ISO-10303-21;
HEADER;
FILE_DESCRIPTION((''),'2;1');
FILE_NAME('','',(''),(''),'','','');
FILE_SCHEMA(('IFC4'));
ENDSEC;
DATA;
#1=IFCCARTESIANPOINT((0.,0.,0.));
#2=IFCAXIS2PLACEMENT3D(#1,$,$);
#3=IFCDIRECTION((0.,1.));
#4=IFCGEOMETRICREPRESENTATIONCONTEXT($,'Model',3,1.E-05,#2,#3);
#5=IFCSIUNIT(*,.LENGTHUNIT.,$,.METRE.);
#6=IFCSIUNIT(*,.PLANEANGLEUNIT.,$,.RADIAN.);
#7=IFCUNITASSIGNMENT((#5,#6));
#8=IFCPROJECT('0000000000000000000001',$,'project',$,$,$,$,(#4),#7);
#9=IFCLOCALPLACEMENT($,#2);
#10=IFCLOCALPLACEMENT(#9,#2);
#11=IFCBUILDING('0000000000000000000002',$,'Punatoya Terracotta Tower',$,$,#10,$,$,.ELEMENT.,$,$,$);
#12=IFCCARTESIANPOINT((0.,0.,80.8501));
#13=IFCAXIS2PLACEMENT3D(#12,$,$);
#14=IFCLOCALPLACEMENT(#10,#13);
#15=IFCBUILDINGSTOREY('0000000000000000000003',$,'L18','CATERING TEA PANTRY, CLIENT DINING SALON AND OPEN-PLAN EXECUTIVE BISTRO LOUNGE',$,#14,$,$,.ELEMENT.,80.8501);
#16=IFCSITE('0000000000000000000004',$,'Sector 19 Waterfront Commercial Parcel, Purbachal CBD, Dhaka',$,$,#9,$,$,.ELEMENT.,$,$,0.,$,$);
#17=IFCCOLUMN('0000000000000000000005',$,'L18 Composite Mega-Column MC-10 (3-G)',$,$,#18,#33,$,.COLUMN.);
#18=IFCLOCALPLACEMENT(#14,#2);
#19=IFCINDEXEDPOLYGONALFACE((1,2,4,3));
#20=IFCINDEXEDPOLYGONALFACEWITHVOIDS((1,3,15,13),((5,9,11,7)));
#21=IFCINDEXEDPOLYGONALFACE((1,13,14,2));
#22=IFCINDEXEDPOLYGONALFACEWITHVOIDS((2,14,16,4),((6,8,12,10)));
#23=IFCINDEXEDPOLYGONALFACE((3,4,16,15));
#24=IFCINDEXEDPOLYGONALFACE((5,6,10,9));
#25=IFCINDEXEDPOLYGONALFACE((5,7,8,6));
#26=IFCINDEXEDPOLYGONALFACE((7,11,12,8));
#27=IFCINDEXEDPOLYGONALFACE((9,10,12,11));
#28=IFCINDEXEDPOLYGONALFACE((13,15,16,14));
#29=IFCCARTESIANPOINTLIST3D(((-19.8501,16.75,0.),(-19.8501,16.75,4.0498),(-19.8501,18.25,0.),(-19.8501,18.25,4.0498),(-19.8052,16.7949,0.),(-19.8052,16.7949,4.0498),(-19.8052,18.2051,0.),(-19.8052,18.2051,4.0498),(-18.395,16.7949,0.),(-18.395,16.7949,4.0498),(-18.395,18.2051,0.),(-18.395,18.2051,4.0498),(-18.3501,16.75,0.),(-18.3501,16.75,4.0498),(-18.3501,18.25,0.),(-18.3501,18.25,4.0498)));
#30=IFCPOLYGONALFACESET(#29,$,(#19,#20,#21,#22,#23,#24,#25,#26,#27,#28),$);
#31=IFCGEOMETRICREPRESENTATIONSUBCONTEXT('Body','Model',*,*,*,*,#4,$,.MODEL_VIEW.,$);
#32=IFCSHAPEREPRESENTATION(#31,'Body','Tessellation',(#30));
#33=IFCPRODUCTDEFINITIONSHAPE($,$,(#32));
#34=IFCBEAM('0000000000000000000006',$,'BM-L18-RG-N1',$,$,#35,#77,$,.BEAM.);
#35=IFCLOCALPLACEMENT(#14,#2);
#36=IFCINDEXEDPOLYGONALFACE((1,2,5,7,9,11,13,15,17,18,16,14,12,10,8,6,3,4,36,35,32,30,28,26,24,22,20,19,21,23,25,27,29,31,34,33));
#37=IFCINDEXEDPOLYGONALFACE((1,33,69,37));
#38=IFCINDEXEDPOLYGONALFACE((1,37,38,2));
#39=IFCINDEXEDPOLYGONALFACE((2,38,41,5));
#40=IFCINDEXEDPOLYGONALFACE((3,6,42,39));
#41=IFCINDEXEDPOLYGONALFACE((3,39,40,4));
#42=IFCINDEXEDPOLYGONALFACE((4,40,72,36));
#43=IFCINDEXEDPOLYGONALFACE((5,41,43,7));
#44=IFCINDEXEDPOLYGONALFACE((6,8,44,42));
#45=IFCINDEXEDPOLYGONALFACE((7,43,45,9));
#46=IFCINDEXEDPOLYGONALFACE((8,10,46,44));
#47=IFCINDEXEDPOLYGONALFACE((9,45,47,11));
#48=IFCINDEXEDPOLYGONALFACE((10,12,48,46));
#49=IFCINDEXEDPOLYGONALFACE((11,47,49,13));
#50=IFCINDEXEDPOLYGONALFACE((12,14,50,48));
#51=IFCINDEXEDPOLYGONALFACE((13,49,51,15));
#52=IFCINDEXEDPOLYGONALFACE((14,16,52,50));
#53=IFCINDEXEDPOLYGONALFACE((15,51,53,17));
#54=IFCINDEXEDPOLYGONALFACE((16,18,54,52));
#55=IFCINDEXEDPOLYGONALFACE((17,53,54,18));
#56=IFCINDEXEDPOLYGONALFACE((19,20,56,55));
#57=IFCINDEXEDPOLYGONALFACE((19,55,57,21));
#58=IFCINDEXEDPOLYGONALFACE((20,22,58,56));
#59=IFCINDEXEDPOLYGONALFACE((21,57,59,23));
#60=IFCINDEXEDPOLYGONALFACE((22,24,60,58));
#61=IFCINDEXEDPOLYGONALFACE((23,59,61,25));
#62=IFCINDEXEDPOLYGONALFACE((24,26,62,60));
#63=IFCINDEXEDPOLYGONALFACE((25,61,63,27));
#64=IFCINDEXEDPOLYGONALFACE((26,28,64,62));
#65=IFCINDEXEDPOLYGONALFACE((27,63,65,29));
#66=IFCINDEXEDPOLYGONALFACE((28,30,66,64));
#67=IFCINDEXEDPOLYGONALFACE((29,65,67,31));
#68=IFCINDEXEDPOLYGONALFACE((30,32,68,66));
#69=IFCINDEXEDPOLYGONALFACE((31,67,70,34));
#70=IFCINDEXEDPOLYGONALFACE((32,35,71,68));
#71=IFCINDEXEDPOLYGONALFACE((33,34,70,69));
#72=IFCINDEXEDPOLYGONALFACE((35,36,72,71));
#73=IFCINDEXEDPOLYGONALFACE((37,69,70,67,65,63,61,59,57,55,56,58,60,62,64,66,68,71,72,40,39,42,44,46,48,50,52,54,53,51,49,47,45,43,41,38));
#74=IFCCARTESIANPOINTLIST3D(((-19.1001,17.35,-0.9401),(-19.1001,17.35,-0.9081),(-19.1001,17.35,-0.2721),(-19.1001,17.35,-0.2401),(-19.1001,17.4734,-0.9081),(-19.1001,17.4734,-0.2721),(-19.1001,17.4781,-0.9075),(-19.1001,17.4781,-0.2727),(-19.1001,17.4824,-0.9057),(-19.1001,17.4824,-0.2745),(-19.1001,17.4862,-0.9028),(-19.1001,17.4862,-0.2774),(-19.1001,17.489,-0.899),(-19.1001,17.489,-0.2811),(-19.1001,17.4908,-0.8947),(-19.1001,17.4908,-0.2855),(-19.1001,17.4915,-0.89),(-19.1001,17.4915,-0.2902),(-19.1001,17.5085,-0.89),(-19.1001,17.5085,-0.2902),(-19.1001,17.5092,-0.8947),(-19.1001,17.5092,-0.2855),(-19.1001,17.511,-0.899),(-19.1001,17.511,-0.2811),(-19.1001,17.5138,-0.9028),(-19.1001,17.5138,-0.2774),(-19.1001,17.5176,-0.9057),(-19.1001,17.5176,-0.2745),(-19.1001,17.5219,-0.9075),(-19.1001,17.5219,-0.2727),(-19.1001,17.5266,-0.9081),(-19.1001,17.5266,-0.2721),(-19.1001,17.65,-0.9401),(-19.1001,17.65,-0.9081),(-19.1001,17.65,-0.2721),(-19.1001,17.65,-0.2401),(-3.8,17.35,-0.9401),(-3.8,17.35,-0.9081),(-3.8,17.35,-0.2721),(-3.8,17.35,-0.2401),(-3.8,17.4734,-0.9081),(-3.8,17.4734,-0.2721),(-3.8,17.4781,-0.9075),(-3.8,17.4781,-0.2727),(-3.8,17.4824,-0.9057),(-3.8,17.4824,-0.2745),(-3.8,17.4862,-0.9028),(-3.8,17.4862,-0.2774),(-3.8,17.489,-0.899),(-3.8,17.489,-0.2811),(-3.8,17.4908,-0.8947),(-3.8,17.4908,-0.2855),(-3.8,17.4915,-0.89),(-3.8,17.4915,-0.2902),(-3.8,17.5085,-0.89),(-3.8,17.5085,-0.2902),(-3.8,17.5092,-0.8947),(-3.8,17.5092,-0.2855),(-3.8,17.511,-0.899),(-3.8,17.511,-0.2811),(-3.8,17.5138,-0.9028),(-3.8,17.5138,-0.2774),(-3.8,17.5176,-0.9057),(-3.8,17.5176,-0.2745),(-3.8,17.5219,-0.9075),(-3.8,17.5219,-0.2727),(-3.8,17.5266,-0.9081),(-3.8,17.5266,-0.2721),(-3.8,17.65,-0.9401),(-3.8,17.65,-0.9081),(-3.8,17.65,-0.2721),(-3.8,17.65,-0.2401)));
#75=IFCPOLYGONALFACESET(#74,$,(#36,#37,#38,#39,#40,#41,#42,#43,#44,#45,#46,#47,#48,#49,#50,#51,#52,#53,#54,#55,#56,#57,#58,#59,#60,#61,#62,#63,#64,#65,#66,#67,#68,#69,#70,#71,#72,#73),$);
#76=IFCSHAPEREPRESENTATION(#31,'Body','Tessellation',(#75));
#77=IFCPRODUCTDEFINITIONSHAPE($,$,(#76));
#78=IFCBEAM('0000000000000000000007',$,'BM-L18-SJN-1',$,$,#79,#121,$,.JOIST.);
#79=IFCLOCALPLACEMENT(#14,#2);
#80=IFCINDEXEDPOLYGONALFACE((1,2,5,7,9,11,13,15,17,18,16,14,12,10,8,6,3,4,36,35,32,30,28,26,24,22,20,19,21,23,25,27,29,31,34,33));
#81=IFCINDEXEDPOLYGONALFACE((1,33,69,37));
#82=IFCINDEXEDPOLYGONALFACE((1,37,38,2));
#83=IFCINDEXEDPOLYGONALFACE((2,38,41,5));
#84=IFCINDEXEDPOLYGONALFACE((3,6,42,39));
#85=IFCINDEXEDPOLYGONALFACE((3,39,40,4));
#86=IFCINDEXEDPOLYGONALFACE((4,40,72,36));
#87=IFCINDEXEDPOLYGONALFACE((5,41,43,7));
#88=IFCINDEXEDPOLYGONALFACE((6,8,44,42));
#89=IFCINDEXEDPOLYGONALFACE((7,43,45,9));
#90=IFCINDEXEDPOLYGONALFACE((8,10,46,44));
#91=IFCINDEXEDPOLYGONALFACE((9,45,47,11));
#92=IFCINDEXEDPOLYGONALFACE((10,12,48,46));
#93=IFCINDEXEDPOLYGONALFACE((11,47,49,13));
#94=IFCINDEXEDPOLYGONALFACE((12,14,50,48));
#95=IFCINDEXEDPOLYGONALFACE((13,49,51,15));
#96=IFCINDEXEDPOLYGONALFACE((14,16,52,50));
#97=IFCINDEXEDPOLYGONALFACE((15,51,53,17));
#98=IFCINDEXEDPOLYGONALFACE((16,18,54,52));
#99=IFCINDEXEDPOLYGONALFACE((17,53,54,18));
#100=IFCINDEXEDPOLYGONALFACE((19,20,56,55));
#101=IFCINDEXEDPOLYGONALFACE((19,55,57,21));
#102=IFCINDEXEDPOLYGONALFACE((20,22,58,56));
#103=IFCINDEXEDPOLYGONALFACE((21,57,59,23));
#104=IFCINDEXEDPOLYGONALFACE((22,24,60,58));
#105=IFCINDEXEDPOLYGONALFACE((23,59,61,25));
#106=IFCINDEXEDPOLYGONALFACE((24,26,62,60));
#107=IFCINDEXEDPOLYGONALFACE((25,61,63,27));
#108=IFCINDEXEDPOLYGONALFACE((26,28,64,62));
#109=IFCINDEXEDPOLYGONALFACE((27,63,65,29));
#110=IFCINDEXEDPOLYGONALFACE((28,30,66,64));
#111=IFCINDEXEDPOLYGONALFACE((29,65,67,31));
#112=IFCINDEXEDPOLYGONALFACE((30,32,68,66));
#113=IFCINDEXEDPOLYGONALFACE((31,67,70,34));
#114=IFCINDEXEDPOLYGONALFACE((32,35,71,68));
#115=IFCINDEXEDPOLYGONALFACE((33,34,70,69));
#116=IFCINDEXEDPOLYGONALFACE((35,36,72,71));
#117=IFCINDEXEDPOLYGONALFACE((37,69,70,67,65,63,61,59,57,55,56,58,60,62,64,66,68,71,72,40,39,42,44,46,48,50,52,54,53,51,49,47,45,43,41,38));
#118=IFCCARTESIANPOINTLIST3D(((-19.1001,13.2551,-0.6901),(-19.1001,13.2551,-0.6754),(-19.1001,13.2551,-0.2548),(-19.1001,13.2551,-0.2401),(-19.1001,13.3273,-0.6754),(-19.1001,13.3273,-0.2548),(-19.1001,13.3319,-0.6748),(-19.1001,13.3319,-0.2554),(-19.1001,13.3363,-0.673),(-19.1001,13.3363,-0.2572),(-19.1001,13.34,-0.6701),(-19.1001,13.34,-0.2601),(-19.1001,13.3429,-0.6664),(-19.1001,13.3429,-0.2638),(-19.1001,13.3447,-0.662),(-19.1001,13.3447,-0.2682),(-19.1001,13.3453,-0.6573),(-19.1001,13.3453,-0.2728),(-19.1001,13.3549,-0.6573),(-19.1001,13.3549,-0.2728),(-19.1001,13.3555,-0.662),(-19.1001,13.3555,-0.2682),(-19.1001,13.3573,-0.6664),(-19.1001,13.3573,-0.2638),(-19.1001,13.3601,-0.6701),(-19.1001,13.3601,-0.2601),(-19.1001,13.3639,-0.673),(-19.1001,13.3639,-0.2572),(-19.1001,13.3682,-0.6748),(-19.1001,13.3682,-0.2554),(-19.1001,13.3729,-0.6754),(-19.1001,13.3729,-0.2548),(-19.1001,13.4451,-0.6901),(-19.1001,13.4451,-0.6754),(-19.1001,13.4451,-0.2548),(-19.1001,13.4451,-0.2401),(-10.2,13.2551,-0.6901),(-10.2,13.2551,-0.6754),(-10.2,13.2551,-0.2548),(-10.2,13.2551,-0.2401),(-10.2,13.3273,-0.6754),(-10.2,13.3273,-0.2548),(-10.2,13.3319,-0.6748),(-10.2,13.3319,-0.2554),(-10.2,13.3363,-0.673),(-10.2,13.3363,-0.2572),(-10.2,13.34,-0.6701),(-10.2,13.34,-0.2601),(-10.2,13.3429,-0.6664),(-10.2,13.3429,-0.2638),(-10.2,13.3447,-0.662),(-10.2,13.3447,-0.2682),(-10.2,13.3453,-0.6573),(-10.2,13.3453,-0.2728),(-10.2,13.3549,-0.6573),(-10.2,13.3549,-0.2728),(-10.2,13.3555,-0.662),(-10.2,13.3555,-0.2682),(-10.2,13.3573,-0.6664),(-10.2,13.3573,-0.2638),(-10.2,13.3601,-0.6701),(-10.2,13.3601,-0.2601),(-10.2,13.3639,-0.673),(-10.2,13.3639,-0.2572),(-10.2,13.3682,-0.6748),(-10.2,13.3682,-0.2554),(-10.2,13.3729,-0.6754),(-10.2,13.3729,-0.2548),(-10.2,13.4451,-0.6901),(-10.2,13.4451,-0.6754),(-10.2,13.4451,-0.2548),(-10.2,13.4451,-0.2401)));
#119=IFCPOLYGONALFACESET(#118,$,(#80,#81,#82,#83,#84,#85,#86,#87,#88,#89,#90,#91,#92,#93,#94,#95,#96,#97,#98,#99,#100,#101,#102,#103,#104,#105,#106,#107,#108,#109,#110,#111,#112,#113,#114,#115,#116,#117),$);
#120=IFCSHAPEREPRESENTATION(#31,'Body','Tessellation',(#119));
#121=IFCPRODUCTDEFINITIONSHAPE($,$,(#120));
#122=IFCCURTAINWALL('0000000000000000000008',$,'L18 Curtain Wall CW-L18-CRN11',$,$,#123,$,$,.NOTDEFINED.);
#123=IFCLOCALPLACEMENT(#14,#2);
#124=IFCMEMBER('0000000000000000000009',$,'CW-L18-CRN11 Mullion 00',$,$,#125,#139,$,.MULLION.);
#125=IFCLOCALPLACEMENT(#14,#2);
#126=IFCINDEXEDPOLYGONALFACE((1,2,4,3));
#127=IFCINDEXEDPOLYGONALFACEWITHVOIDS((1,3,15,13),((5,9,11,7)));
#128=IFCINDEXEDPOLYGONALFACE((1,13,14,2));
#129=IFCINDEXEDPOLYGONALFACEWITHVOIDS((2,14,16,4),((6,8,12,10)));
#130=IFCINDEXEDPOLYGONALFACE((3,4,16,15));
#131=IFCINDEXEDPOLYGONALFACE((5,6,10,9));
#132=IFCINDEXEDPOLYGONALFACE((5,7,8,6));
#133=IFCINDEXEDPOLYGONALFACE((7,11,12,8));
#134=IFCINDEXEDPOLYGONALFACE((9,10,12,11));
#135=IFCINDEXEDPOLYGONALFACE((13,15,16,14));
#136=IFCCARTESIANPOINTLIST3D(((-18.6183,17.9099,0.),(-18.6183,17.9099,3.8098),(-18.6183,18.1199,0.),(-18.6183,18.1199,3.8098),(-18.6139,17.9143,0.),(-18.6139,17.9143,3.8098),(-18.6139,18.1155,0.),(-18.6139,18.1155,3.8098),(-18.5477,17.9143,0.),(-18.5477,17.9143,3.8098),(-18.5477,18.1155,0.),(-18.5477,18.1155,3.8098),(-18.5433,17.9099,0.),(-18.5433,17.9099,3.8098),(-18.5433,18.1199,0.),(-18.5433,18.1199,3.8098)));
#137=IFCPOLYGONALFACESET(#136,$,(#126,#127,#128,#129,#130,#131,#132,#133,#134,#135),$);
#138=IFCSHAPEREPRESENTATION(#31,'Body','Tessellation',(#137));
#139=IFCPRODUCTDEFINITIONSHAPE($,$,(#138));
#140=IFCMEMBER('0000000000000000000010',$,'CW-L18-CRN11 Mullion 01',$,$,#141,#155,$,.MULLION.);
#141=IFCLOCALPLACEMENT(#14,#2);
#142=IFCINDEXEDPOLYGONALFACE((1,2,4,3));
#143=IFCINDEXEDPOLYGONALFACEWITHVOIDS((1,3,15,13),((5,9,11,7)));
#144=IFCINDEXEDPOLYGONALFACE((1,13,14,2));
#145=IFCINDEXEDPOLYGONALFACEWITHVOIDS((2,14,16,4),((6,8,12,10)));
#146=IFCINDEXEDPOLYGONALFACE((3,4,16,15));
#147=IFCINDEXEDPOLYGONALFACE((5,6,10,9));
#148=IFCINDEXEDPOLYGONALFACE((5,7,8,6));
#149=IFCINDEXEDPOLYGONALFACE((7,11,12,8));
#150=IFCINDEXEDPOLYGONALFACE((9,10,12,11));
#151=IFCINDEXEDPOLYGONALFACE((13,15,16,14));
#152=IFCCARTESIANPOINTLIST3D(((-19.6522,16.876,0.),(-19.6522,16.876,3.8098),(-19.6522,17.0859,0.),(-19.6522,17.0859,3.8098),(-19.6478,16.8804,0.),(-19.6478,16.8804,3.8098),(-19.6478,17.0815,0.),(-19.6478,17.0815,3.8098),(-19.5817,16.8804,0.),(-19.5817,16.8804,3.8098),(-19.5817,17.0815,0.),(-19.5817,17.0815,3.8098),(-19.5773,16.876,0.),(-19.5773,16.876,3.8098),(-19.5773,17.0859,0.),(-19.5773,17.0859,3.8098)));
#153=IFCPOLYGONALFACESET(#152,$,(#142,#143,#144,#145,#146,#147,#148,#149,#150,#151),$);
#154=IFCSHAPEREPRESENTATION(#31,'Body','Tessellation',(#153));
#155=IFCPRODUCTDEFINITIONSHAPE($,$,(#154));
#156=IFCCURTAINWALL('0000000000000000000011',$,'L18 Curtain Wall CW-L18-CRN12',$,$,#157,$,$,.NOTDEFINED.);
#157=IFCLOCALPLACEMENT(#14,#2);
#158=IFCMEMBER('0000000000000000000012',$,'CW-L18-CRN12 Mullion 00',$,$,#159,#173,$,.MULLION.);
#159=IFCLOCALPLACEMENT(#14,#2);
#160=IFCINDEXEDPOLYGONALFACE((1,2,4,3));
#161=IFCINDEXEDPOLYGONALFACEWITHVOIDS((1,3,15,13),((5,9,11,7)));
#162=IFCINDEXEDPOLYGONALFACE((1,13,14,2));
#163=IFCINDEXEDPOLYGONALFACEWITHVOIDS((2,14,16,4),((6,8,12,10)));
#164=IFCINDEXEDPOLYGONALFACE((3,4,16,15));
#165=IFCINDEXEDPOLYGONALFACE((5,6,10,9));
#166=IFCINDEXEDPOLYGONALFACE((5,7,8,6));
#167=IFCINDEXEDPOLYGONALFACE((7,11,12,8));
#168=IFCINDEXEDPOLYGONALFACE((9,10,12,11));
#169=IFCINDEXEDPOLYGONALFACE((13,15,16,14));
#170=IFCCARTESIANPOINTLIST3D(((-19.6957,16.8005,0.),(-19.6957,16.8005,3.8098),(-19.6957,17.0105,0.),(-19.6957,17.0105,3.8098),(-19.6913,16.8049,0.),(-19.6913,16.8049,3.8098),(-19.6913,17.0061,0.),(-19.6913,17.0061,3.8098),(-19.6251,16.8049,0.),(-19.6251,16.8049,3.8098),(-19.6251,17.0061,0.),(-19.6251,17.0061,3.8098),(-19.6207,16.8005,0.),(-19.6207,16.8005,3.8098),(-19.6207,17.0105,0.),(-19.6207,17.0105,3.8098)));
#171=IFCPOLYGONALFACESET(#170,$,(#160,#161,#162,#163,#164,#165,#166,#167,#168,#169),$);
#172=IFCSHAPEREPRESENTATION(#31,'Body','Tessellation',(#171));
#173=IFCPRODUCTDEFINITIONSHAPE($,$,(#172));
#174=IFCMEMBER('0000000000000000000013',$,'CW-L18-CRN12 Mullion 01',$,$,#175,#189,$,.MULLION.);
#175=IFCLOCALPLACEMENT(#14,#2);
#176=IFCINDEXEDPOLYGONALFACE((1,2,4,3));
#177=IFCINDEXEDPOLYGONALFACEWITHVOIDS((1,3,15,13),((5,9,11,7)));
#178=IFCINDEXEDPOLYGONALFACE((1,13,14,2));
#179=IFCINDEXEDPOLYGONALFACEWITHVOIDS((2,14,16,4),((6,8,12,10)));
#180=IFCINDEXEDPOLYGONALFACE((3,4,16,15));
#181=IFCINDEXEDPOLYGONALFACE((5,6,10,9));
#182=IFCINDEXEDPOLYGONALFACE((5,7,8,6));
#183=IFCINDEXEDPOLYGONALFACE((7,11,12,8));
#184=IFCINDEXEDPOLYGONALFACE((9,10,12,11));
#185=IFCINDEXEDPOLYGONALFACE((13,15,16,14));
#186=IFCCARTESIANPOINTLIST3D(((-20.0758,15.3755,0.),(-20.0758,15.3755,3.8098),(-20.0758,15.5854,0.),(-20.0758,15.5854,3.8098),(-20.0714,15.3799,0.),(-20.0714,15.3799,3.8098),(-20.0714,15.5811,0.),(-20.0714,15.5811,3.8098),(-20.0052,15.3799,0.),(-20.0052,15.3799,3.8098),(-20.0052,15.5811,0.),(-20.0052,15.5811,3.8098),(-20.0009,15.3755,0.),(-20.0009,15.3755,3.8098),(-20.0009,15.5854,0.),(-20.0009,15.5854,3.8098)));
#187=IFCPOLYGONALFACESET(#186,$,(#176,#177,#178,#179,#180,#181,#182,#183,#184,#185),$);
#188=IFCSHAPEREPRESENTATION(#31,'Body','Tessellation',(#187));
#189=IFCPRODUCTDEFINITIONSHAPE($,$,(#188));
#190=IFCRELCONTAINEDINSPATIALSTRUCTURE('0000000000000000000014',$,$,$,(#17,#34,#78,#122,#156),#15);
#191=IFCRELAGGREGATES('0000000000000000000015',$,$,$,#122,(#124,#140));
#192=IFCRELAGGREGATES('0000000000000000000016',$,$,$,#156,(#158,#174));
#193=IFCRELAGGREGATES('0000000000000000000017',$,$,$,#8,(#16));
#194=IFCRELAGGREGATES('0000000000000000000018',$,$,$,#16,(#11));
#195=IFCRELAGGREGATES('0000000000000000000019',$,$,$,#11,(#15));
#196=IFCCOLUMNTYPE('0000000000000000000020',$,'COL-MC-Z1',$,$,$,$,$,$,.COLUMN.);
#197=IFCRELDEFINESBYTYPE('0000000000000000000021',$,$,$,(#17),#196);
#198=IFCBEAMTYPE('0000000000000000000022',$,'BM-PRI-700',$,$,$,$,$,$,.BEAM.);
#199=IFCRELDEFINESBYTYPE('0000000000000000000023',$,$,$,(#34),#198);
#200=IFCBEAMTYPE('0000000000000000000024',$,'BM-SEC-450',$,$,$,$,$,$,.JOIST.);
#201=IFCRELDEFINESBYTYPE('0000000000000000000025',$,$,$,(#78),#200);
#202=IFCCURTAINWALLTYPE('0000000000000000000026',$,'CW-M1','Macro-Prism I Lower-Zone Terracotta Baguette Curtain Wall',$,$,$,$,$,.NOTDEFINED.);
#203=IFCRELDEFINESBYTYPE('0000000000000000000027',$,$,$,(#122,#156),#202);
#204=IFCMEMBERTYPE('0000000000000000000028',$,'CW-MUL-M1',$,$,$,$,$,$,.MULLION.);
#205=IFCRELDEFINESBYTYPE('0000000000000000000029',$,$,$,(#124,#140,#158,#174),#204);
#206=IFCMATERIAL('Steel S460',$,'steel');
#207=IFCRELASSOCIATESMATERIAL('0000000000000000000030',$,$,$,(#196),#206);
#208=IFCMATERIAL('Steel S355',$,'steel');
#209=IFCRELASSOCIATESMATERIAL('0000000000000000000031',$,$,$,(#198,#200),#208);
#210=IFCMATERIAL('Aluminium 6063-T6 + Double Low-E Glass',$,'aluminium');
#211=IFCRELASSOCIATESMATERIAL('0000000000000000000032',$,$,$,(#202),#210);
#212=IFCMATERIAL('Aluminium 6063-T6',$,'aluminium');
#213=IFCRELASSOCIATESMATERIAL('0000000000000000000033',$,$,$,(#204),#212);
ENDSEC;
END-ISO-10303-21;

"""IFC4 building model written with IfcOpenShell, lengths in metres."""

from ifc_helpers import new_model, si_unit, direction, frame, origin, origin_2d, place, context, subcontext, project, spatial, hollow_rectangle, i_section, extrude, material, material_profile, profile_set, type_object, element, aggregate, save


model = new_model("IFC4")

# Units and contexts
model_context = context("Model", 3, precision=1e-05, world=origin(), true_north=direction((0.0, 1.0)))
body_context = subcontext(model_context, "Body", "Model", "MODEL_VIEW")
ifc_project = project(units=[si_unit("LENGTHUNIT", "METRE"), si_unit("PLANEANGLEUNIT", "RADIAN")], contexts=[model_context])

# Site, building, storey
site_placement = place(None, origin())
site = spatial("IfcSite", under=ifc_project, at=site_placement, Name="Sector 19 Waterfront Commercial Parcel, Purbachal CBD, Dhaka", CompositionType="ELEMENT", RefElevation=0.0)
building_placement = place(site_placement, origin())
building = spatial("IfcBuilding", under=site, at=building_placement, Name="Punatoya Terracotta Tower", CompositionType="ELEMENT")
storey_placement = place(building_placement, frame((0.0, 0.0, 80.8501)))
storey = spatial("IfcBuildingStorey", under=building, at=storey_placement, Name="L18", Description="CATERING TEA PANTRY, CLIENT DINING SALON AND OPEN-PLAN EXECUTIVE BISTRO LOUNGE", CompositionType="ELEMENT", Elevation=80.8501)

# Column
ifc_material_1 = material(Name="Steel S460", Category="steel")
ifc_material_profile_1 = material_profile(ifc_material_1, hollow_rectangle(XDim=1.5, YDim=1.5, WallThickness=0.0449, at=origin_2d()))
ifc_profile_set_1 = profile_set([ifc_material_profile_1], Name="Steel S460")
column_type = type_object("IfcColumnType", Name="COL-MC-Z1", PredefinedType="COLUMN", material=ifc_profile_set_1)
column_placement = place(storey_placement, frame((-19.1001, 17.5, 0.0), z_axis=(0.0, 0.0, 1.0), x_axis=(1.0, 0.0, 0.0)))
element("IfcColumn", 1, at=column_placement, inside=storey, type_object=column_type, Name="L18 Composite Mega-Column MC-10 (3-G)", PredefinedType="COLUMN", context=body_context, shape_type="SweptSolid", body=[
    extrude(hollow_rectangle(XDim=1.5, YDim=1.5, WallThickness=0.0449, at=origin_2d()), origin(), (0.0, 0.0, 1.0), 4.0498),
])

# Beams
ifc_material_2 = material(Name="Steel S355", Category="steel")
ifc_material_profile_2 = material_profile(ifc_material_2, i_section(OverallWidth=0.3, OverallDepth=0.7, WebThickness=0.0171, FlangeThickness=0.032, FilletRadius=0.0181, at=origin_2d()))
ifc_profile_set_2 = profile_set([ifc_material_profile_2], Name="Steel S355")
beam_type_1 = type_object("IfcBeamType", Name="BM-PRI-700", PredefinedType="BEAM", material=ifc_profile_set_2)
beam_1_placement = place(storey_placement, frame((-19.1001, 17.5, -0.5901), z_axis=(1.0, 0.0, 0.0), x_axis=(0.0, 1.0, 0.0)))
element("IfcBeam", 2, at=beam_1_placement, inside=storey, type_object=beam_type_1, Name="BM-L18-RG-N1", PredefinedType="BEAM", context=body_context, shape_type="SweptSolid", body=[
    extrude(i_section(OverallWidth=0.3, OverallDepth=0.7, WebThickness=0.0171, FlangeThickness=0.032, FilletRadius=0.0181, at=origin_2d()), origin(), (0.0, 0.0, 1.0), 15.3),
])
ifc_material_profile_3 = material_profile(ifc_material_2, i_section(OverallWidth=0.1899, OverallDepth=0.45, WebThickness=0.0095, FlangeThickness=0.0146, FilletRadius=0.0181, at=origin_2d()))
ifc_profile_set_3 = profile_set([ifc_material_profile_3], Name="Steel S355")
beam_type_2 = type_object("IfcBeamType", Name="BM-SEC-450", PredefinedType="JOIST", material=ifc_profile_set_3)
beam_2_placement = place(storey_placement, frame((-19.1001, 13.3501, -0.4651), z_axis=(1.0, 0.0, 0.0), x_axis=(0.0, 1.0, 0.0)))
element("IfcBeam", 3, at=beam_2_placement, inside=storey, type_object=beam_type_2, Name="BM-L18-SJN-1", PredefinedType="JOIST", context=body_context, shape_type="SweptSolid", body=[
    extrude(i_section(OverallWidth=0.1899, OverallDepth=0.45, WebThickness=0.0095, FlangeThickness=0.0146, FilletRadius=0.0181, at=origin_2d()), origin(), (0.0, 0.0, 1.0), 8.9001),
])

# Curtain walls, members
ifc_material_3 = material(Name="Aluminium 6063-T6 + Double Low-E Glass", Category="aluminium")
curtain_wall_type = type_object("IfcCurtainWallType", Name="CW-M1", Description="Macro-Prism I Lower-Zone Terracotta Baguette Curtain Wall", PredefinedType="NOTDEFINED", material=ifc_material_3)
curtain_wall_1_placement = place(storey_placement, origin())
curtain_wall_1 = element("IfcCurtainWall", 4, at=curtain_wall_1_placement, inside=storey, type_object=curtain_wall_type, Name="L18 Curtain Wall CW-L18-CRN11", PredefinedType="NOTDEFINED")
ifc_material_4 = material(Name="Aluminium 6063-T6", Category="aluminium")
ifc_material_profile_4 = material_profile(ifc_material_4, hollow_rectangle(XDim=0.075, YDim=0.21, WallThickness=0.0044, at=origin_2d()))
ifc_profile_set_4 = profile_set([ifc_material_profile_4], Name="Aluminium 6063-T6")
member_type_1 = type_object("IfcMemberType", Name="CW-MUL-M1", PredefinedType="MULLION", material=ifc_profile_set_4)
member_1_placement = place(storey_placement, frame((-18.5808, 18.0149, 0.0), z_axis=(0.0, 0.0, 1.0), x_axis=(1.0, 0.0, 0.0)))
member_1 = element("IfcMember", 5, at=member_1_placement, type_object=member_type_1, Name="CW-L18-CRN11 Mullion 00", PredefinedType="MULLION", context=body_context, shape_type="SweptSolid", body=[
    extrude(hollow_rectangle(XDim=0.075, YDim=0.21, WallThickness=0.0044, at=origin_2d()), origin(), (0.0, 0.0, 1.0), 3.8098),
])
member_2_placement = place(storey_placement, frame((-19.6147, 16.981, 0.0), z_axis=(0.0, 0.0, 1.0), x_axis=(1.0, 0.0, 0.0)))
member_2 = element("IfcMember", 6, at=member_2_placement, type_object=member_type_1, Name="CW-L18-CRN11 Mullion 01", PredefinedType="MULLION", context=body_context, shape_type="SweptSolid", body=[
    extrude(hollow_rectangle(XDim=0.075, YDim=0.21, WallThickness=0.0044, at=origin_2d()), origin(), (0.0, 0.0, 1.0), 3.8098),
])
curtain_wall_2_placement = place(storey_placement, origin())
curtain_wall_2 = element("IfcCurtainWall", 7, at=curtain_wall_2_placement, inside=storey, type_object=curtain_wall_type, Name="L18 Curtain Wall CW-L18-CRN12", PredefinedType="NOTDEFINED")
member_3_placement = place(storey_placement, frame((-19.6582, 16.9055, 0.0), z_axis=(0.0, 0.0, 1.0), x_axis=(1.0, 0.0, 0.0)))
member_3 = element("IfcMember", 8, at=member_3_placement, type_object=member_type_1, Name="CW-L18-CRN12 Mullion 00", PredefinedType="MULLION", context=body_context, shape_type="SweptSolid", body=[
    extrude(hollow_rectangle(XDim=0.075, YDim=0.21, WallThickness=0.0044, at=origin_2d()), origin(), (0.0, 0.0, 1.0), 3.8098),
])
member_4_placement = place(storey_placement, frame((-20.0383, 15.4805, 0.0), z_axis=(0.0, 0.0, 1.0), x_axis=(1.0, 0.0, 0.0)))
member_4 = element("IfcMember", 9, at=member_4_placement, type_object=member_type_1, Name="CW-L18-CRN12 Mullion 01", PredefinedType="MULLION", context=body_context, shape_type="SweptSolid", body=[
    extrude(hollow_rectangle(XDim=0.075, YDim=0.21, WallThickness=0.0044, at=origin_2d()), origin(), (0.0, 0.0, 1.0), 3.8098),
])

aggregate(curtain_wall_1, [member_1, member_2])
aggregate(curtain_wall_2, [member_3, member_4])

save(model, "model.ifc")
